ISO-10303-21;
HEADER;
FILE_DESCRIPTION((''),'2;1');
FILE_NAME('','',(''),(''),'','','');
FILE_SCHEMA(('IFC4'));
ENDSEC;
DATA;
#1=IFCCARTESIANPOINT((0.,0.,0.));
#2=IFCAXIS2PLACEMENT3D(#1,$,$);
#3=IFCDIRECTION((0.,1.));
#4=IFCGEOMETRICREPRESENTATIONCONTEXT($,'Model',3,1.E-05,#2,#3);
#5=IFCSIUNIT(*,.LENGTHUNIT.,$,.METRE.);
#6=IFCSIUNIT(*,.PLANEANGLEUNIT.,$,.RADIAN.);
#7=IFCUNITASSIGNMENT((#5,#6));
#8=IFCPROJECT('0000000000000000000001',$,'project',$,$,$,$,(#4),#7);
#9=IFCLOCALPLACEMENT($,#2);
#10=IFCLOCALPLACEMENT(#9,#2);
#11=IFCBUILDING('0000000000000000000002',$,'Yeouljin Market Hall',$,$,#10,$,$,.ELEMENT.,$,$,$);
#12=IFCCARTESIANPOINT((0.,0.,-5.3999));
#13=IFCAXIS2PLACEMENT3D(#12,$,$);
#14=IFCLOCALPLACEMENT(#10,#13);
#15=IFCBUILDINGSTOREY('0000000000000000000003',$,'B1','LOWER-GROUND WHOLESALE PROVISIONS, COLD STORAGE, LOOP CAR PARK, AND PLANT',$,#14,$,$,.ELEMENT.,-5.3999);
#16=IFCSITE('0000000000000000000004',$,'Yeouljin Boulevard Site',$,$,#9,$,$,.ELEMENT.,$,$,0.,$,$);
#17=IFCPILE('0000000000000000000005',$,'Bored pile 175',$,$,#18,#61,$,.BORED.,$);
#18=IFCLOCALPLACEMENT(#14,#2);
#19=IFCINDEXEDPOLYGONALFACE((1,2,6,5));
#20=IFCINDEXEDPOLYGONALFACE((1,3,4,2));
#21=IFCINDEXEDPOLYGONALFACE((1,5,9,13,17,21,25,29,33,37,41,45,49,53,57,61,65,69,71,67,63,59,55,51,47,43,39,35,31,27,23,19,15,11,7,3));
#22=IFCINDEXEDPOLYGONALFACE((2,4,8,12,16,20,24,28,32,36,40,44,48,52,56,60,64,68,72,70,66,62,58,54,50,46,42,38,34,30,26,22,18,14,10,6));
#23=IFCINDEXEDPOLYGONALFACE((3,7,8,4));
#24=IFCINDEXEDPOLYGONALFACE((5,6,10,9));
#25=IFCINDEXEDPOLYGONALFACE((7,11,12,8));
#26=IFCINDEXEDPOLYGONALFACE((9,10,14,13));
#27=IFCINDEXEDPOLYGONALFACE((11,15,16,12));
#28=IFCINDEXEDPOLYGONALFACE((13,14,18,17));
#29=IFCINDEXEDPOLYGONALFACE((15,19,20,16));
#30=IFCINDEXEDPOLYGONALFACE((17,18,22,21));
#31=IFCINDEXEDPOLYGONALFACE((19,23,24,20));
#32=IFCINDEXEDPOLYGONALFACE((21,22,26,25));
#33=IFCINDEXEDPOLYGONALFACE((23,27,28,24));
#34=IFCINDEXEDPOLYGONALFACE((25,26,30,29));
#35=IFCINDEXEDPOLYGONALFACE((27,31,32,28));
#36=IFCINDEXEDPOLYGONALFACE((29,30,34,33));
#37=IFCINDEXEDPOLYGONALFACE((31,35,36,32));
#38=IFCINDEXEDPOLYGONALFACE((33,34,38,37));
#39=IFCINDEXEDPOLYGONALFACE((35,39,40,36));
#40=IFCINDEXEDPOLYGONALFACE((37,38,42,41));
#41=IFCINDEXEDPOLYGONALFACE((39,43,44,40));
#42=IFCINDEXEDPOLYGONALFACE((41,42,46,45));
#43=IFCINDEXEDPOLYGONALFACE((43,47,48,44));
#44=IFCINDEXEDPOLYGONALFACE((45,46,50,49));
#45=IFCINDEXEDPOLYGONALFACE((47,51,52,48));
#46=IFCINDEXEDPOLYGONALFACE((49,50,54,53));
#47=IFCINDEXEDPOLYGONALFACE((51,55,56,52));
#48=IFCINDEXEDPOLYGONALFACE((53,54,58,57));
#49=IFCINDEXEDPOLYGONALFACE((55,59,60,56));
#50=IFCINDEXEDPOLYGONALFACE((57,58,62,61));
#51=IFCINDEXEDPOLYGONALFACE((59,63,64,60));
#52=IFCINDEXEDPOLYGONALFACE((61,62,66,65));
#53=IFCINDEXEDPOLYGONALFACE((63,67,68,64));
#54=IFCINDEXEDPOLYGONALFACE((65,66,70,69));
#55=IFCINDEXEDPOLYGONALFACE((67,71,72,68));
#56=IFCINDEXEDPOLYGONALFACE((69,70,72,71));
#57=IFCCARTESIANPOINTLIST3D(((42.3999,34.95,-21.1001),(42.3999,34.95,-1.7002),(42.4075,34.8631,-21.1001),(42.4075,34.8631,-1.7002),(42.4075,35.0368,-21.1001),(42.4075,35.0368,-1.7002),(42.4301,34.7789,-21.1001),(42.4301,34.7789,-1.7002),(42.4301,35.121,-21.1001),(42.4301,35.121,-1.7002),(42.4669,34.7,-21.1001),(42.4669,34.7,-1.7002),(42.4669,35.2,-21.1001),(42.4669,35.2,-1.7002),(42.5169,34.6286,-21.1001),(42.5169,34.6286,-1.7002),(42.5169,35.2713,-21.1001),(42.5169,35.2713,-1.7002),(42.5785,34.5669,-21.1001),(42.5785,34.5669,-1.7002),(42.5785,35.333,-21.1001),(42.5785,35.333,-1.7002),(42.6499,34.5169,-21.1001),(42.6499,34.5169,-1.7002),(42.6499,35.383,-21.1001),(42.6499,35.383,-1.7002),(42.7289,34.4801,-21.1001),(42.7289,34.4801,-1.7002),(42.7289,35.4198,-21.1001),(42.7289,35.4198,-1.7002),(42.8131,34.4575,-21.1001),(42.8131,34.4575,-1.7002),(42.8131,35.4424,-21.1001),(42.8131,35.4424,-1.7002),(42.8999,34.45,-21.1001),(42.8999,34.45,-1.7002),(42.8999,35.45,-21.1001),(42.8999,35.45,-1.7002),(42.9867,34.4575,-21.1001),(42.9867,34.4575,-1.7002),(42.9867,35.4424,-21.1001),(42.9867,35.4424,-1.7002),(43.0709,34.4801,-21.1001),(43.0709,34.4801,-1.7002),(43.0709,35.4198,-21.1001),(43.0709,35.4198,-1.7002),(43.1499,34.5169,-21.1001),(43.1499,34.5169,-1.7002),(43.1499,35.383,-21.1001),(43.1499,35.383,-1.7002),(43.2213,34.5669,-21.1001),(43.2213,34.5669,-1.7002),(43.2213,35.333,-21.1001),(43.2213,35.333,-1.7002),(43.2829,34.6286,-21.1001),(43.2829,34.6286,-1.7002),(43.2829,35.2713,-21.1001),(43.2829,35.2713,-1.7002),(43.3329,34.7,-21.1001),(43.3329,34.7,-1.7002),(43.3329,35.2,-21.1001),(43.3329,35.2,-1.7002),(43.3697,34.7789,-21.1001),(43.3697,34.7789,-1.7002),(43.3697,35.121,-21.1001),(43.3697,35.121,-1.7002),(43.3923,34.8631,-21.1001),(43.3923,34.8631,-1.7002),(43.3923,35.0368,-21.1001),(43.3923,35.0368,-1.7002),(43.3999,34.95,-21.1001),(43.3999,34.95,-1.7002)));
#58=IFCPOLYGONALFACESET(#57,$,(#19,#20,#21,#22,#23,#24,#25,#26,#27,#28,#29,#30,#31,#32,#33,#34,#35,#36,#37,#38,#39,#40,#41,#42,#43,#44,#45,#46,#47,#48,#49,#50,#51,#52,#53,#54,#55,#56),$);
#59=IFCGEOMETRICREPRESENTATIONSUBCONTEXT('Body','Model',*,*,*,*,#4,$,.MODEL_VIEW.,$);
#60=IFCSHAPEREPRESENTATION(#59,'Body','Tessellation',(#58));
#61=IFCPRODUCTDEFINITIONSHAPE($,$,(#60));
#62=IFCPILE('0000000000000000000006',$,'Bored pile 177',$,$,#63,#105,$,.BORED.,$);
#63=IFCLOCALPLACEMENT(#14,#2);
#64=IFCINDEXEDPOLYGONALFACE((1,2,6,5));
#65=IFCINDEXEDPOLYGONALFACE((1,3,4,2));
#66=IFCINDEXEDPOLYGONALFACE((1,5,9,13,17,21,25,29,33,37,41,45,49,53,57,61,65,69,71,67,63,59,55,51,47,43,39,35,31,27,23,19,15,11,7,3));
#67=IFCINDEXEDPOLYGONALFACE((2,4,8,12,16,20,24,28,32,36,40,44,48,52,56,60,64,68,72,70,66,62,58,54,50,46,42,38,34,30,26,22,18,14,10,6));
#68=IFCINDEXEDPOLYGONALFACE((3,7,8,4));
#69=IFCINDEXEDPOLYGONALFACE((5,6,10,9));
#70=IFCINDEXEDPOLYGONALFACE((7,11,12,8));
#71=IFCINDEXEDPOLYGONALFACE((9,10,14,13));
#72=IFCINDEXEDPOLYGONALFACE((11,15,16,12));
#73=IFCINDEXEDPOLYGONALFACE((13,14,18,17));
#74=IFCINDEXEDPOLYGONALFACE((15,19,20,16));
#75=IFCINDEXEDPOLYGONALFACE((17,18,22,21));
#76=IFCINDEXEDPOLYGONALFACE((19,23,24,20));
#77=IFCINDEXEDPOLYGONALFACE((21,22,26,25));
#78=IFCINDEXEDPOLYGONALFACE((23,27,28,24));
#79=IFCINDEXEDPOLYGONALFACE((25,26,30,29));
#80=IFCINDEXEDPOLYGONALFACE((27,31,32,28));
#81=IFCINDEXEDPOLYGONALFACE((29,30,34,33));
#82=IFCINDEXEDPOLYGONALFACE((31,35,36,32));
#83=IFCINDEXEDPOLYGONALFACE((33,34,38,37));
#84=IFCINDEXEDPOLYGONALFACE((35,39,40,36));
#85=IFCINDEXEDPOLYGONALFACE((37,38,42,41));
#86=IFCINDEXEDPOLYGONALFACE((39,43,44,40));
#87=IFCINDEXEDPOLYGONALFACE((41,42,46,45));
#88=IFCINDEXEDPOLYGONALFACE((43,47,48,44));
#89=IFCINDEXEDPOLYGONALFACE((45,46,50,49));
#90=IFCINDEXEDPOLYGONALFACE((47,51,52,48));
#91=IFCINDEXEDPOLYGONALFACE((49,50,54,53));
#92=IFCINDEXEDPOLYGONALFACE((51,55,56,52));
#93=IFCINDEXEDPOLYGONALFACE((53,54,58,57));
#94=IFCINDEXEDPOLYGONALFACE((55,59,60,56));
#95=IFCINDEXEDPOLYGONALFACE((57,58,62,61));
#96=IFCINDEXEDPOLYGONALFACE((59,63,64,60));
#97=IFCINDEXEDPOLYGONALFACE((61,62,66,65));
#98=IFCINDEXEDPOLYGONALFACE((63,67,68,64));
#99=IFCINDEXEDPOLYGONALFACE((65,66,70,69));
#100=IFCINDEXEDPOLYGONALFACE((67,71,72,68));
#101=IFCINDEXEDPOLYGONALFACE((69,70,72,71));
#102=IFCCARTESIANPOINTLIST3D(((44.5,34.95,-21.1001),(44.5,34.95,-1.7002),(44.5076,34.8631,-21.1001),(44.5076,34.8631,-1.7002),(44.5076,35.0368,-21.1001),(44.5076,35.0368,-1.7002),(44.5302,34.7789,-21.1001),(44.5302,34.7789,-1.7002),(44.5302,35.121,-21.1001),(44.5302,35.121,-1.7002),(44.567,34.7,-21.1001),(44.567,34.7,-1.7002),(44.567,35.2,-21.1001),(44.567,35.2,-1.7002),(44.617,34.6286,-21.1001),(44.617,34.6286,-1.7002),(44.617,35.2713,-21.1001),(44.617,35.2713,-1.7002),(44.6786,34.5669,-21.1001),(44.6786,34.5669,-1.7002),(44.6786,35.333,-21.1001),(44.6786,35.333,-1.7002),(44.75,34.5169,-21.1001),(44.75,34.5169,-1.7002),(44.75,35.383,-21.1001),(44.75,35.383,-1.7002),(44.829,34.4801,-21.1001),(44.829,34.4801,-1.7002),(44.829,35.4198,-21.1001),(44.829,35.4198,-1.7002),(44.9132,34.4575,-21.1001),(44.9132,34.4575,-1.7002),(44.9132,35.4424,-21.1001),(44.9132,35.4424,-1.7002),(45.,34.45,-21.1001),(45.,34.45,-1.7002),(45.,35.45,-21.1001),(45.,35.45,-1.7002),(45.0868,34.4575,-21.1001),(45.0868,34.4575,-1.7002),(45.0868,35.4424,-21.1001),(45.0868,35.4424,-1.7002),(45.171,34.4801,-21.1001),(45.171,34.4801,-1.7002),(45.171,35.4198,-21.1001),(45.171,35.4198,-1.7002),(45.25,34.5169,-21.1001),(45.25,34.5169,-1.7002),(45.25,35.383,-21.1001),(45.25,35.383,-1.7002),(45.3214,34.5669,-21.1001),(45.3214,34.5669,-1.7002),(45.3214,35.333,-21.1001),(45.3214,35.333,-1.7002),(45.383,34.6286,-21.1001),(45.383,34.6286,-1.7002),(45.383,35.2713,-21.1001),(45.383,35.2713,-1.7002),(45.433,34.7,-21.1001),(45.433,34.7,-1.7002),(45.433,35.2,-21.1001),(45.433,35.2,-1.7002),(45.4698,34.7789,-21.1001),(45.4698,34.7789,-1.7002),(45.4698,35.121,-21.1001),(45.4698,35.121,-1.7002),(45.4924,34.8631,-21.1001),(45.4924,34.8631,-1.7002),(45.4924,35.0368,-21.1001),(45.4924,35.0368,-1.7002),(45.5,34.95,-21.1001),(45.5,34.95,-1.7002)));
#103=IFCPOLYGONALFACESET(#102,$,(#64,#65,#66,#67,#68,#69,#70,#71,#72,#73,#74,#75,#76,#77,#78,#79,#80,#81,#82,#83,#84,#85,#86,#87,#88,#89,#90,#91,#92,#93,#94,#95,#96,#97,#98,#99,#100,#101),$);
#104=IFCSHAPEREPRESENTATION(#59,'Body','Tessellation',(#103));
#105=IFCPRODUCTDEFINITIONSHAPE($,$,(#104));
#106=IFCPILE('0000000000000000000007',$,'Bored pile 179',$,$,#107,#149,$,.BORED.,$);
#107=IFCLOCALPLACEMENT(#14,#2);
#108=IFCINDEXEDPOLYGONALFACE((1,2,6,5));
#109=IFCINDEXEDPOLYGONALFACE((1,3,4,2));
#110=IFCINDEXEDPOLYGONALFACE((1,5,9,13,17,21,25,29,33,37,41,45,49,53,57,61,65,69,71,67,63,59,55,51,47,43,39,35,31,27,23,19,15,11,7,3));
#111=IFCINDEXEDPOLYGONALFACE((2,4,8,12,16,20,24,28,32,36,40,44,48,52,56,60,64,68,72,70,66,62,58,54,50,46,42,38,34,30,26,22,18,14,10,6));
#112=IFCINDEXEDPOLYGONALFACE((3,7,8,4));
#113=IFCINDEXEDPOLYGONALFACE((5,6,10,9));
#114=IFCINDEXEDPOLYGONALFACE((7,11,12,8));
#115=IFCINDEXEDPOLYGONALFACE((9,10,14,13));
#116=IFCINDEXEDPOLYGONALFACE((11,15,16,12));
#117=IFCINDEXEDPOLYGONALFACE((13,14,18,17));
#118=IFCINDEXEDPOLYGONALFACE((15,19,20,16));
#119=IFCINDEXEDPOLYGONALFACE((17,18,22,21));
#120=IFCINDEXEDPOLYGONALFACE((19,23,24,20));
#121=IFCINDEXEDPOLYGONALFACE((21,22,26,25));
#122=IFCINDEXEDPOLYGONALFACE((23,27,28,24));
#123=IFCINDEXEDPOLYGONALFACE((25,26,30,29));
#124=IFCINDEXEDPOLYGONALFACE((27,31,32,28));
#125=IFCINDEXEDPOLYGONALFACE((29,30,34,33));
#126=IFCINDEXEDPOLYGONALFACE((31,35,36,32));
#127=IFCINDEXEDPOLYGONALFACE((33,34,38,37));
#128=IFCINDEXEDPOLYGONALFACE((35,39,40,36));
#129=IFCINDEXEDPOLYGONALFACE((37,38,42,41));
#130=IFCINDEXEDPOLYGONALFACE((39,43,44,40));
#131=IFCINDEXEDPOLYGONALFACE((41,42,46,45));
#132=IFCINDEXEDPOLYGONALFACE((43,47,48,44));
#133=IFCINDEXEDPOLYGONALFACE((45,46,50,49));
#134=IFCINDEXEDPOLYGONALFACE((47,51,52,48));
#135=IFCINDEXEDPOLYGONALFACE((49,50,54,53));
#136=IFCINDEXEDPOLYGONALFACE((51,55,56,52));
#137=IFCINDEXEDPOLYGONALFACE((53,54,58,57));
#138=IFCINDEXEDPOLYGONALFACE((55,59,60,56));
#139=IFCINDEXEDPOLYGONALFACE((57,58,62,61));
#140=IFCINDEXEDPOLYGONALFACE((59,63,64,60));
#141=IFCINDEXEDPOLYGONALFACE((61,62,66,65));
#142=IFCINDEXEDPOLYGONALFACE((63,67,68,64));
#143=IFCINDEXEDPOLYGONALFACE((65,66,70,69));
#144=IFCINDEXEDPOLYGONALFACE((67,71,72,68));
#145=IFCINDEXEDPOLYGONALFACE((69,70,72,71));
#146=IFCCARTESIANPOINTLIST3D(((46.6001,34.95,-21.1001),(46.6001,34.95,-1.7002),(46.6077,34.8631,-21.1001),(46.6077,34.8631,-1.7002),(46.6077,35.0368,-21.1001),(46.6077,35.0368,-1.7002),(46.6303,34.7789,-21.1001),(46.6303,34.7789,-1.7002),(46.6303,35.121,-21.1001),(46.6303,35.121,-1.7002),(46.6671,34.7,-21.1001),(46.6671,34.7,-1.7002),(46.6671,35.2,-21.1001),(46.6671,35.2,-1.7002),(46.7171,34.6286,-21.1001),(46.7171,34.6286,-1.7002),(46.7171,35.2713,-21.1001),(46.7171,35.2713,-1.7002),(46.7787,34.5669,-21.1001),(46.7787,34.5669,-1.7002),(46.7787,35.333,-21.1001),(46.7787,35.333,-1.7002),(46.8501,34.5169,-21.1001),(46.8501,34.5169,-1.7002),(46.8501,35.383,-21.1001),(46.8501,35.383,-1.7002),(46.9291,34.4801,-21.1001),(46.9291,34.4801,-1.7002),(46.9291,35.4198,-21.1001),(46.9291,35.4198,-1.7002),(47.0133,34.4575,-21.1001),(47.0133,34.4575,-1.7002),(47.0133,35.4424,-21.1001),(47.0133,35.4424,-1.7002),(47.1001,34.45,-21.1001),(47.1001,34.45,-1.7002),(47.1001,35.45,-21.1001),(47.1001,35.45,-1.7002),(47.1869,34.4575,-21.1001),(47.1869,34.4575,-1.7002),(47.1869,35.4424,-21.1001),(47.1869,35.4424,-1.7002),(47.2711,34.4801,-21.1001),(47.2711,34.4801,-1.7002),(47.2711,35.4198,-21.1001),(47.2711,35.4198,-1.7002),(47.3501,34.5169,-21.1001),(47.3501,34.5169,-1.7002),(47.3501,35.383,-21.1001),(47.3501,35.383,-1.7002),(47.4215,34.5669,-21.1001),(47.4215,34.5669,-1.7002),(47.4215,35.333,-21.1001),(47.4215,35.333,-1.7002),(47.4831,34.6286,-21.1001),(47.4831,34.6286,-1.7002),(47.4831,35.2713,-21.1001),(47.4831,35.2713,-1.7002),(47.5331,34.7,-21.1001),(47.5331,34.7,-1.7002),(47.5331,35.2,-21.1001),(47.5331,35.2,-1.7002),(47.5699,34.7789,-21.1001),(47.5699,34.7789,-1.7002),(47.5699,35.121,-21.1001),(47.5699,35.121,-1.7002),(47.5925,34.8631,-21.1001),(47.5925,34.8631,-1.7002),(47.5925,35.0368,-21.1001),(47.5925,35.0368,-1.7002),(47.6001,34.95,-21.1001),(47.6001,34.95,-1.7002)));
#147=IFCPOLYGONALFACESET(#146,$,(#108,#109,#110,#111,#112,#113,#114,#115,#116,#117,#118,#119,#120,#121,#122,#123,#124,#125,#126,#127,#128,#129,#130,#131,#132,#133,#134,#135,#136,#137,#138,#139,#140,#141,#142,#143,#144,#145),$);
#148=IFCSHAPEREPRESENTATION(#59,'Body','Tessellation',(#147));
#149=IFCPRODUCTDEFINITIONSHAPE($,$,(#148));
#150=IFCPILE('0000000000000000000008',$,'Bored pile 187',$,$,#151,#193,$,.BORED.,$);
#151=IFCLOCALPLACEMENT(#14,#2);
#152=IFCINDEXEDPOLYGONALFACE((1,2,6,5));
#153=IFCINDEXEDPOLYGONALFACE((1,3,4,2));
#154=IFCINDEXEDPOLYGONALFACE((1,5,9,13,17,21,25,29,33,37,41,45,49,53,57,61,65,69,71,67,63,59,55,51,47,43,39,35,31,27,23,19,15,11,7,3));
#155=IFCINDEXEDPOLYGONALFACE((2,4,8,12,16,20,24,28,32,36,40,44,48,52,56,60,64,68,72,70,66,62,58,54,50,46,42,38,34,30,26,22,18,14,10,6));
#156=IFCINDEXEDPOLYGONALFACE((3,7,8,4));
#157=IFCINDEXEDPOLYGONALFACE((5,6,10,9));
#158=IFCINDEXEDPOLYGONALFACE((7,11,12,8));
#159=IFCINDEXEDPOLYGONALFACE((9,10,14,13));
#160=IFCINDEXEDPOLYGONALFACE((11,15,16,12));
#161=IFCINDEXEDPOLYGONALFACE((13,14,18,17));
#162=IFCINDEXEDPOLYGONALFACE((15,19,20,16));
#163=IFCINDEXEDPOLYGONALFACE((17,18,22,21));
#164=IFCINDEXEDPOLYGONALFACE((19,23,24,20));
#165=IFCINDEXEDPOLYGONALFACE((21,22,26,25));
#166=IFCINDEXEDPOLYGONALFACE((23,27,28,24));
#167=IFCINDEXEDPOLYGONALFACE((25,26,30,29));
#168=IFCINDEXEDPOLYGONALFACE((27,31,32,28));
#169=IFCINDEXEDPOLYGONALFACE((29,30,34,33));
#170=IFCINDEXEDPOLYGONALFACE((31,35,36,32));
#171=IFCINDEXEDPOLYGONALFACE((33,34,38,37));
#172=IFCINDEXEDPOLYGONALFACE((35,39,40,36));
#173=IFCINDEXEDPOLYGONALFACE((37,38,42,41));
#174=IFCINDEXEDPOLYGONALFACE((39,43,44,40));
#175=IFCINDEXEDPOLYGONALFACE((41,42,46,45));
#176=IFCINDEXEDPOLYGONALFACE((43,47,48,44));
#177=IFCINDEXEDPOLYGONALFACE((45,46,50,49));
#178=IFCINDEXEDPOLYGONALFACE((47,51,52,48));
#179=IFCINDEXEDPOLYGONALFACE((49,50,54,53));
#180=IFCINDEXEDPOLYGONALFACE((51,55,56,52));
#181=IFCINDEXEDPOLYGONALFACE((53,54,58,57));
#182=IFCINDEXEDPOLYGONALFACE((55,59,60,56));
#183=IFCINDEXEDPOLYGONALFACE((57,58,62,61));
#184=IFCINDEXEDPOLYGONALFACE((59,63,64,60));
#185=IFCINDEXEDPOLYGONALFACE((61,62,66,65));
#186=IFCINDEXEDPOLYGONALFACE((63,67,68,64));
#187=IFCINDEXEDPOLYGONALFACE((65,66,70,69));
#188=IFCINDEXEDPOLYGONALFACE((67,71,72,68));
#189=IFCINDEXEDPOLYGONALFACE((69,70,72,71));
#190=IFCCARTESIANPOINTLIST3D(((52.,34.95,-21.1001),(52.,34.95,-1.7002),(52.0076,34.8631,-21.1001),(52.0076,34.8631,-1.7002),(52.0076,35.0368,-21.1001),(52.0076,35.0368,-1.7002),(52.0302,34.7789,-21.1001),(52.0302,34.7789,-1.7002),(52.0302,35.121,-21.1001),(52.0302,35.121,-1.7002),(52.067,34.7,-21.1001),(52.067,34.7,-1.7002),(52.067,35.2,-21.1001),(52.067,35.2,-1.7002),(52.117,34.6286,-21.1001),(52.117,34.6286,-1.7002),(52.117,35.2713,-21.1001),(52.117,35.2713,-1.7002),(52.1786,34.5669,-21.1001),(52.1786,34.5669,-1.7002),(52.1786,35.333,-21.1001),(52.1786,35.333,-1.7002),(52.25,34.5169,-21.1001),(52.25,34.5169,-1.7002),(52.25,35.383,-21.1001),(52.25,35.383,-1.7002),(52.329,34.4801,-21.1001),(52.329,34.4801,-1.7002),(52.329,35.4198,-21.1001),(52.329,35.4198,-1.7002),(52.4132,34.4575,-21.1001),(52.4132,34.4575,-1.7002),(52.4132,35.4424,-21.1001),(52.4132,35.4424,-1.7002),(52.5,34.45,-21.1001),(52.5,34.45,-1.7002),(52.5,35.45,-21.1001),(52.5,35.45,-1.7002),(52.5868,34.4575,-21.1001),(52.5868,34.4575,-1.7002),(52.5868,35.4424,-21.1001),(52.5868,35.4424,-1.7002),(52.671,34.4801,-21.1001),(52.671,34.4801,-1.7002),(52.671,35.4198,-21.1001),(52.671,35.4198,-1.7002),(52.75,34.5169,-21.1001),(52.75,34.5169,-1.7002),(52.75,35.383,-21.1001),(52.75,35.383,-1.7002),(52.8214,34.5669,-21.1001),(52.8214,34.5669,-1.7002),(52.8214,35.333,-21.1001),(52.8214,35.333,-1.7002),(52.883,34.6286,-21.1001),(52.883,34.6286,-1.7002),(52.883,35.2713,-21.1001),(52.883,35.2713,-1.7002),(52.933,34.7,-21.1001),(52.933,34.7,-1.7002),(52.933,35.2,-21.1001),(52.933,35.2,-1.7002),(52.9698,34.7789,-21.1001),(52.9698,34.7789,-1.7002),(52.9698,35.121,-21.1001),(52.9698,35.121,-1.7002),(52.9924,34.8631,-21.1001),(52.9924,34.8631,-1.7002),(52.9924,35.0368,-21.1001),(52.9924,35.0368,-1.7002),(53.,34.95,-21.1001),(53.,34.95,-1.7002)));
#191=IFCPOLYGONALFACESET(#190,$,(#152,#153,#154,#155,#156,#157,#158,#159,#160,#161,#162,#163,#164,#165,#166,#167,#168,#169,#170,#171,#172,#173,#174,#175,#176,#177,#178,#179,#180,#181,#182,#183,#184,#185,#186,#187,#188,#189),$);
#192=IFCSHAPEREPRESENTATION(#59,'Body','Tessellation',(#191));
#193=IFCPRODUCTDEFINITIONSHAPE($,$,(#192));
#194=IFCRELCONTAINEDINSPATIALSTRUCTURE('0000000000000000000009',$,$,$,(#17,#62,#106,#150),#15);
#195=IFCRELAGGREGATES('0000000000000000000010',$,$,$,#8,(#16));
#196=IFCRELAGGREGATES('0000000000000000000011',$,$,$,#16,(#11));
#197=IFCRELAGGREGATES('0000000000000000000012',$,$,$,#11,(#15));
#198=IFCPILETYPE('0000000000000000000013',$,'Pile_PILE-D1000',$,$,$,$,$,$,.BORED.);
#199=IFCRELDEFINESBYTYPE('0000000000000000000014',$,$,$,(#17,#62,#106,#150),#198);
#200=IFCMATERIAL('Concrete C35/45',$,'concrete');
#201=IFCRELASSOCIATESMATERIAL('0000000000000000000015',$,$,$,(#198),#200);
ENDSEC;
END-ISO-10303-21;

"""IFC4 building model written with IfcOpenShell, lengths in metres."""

from ifc_helpers import new_model, si_unit, direction, frame, origin, origin_2d, place, context, subcontext, project, spatial, circle, extrude, material, material_profile, profile_set, type_object, element, save


model = new_model("IFC4")

# Units and contexts
model_context = context("Model", 3, precision=1e-05, world=origin(), true_north=direction((0.0, 1.0)))
body_context = subcontext(model_context, "Body", "Model", "MODEL_VIEW")
ifc_project = project(units=[si_unit("LENGTHUNIT", "METRE"), si_unit("PLANEANGLEUNIT", "RADIAN")], contexts=[model_context])

# Site, building, storey
site_placement = place(None, origin())
site = spatial("IfcSite", under=ifc_project, at=site_placement, Name="Yeouljin Boulevard Site", CompositionType="ELEMENT", RefElevation=0.0)
building_placement = place(site_placement, origin())
building = spatial("IfcBuilding", under=site, at=building_placement, Name="Yeouljin Market Hall", CompositionType="ELEMENT")
storey_placement = place(building_placement, frame((0.0, 0.0, -5.3999)))
storey = spatial("IfcBuildingStorey", under=building, at=storey_placement, Name="B1", Description="LOWER-GROUND WHOLESALE PROVISIONS, COLD STORAGE, LOOP CAR PARK, AND PLANT", CompositionType="ELEMENT", Elevation=-5.3999)

# Piles
ifc_material_1 = material(Name="Concrete C35/45", Category="concrete")
ifc_material_profile_1 = material_profile(ifc_material_1, circle(Radius=0.5, at=origin_2d()), Name="PILE-D1000")
ifc_profile_set_1 = profile_set([ifc_material_profile_1], Name="Concrete C35/45")
pile_type_1 = type_object("IfcPileType", Name="Pile_PILE-D1000", PredefinedType="BORED", material=ifc_profile_set_1)
for number, where, z_axis, x_axis, name in (
    (1, (42.8999, 34.95, -1.7002), (0.0, 0.0, -1.0), (1.0, 0.0, 0.0), "Bored pile 175"),
    (2, (45.0, 34.95, -1.7002), (0.0, 0.0, -1.0), (1.0, 0.0, 0.0), "Bored pile 177"),
    (3, (47.1001, 34.95, -1.7002), (0.0, 0.0, -1.0), (1.0, 0.0, 0.0), "Bored pile 179"),
    (4, (52.5, 34.95, -1.7002), (0.0, 0.0, -1.0), (1.0, 0.0, 0.0), "Bored pile 187"),
):
    element("IfcPile", number, at=place(storey_placement, frame(where, z_axis=z_axis, x_axis=x_axis)), inside=storey, type_object=pile_type_1, Name=name, PredefinedType="BORED", context=body_context, shape_type="SweptSolid", body=[
        extrude(circle(Radius=0.5, at=origin_2d()), origin(), (0.0, 0.0, 1.0), 19.3999),
    ])

save(model, "model.ifc")
